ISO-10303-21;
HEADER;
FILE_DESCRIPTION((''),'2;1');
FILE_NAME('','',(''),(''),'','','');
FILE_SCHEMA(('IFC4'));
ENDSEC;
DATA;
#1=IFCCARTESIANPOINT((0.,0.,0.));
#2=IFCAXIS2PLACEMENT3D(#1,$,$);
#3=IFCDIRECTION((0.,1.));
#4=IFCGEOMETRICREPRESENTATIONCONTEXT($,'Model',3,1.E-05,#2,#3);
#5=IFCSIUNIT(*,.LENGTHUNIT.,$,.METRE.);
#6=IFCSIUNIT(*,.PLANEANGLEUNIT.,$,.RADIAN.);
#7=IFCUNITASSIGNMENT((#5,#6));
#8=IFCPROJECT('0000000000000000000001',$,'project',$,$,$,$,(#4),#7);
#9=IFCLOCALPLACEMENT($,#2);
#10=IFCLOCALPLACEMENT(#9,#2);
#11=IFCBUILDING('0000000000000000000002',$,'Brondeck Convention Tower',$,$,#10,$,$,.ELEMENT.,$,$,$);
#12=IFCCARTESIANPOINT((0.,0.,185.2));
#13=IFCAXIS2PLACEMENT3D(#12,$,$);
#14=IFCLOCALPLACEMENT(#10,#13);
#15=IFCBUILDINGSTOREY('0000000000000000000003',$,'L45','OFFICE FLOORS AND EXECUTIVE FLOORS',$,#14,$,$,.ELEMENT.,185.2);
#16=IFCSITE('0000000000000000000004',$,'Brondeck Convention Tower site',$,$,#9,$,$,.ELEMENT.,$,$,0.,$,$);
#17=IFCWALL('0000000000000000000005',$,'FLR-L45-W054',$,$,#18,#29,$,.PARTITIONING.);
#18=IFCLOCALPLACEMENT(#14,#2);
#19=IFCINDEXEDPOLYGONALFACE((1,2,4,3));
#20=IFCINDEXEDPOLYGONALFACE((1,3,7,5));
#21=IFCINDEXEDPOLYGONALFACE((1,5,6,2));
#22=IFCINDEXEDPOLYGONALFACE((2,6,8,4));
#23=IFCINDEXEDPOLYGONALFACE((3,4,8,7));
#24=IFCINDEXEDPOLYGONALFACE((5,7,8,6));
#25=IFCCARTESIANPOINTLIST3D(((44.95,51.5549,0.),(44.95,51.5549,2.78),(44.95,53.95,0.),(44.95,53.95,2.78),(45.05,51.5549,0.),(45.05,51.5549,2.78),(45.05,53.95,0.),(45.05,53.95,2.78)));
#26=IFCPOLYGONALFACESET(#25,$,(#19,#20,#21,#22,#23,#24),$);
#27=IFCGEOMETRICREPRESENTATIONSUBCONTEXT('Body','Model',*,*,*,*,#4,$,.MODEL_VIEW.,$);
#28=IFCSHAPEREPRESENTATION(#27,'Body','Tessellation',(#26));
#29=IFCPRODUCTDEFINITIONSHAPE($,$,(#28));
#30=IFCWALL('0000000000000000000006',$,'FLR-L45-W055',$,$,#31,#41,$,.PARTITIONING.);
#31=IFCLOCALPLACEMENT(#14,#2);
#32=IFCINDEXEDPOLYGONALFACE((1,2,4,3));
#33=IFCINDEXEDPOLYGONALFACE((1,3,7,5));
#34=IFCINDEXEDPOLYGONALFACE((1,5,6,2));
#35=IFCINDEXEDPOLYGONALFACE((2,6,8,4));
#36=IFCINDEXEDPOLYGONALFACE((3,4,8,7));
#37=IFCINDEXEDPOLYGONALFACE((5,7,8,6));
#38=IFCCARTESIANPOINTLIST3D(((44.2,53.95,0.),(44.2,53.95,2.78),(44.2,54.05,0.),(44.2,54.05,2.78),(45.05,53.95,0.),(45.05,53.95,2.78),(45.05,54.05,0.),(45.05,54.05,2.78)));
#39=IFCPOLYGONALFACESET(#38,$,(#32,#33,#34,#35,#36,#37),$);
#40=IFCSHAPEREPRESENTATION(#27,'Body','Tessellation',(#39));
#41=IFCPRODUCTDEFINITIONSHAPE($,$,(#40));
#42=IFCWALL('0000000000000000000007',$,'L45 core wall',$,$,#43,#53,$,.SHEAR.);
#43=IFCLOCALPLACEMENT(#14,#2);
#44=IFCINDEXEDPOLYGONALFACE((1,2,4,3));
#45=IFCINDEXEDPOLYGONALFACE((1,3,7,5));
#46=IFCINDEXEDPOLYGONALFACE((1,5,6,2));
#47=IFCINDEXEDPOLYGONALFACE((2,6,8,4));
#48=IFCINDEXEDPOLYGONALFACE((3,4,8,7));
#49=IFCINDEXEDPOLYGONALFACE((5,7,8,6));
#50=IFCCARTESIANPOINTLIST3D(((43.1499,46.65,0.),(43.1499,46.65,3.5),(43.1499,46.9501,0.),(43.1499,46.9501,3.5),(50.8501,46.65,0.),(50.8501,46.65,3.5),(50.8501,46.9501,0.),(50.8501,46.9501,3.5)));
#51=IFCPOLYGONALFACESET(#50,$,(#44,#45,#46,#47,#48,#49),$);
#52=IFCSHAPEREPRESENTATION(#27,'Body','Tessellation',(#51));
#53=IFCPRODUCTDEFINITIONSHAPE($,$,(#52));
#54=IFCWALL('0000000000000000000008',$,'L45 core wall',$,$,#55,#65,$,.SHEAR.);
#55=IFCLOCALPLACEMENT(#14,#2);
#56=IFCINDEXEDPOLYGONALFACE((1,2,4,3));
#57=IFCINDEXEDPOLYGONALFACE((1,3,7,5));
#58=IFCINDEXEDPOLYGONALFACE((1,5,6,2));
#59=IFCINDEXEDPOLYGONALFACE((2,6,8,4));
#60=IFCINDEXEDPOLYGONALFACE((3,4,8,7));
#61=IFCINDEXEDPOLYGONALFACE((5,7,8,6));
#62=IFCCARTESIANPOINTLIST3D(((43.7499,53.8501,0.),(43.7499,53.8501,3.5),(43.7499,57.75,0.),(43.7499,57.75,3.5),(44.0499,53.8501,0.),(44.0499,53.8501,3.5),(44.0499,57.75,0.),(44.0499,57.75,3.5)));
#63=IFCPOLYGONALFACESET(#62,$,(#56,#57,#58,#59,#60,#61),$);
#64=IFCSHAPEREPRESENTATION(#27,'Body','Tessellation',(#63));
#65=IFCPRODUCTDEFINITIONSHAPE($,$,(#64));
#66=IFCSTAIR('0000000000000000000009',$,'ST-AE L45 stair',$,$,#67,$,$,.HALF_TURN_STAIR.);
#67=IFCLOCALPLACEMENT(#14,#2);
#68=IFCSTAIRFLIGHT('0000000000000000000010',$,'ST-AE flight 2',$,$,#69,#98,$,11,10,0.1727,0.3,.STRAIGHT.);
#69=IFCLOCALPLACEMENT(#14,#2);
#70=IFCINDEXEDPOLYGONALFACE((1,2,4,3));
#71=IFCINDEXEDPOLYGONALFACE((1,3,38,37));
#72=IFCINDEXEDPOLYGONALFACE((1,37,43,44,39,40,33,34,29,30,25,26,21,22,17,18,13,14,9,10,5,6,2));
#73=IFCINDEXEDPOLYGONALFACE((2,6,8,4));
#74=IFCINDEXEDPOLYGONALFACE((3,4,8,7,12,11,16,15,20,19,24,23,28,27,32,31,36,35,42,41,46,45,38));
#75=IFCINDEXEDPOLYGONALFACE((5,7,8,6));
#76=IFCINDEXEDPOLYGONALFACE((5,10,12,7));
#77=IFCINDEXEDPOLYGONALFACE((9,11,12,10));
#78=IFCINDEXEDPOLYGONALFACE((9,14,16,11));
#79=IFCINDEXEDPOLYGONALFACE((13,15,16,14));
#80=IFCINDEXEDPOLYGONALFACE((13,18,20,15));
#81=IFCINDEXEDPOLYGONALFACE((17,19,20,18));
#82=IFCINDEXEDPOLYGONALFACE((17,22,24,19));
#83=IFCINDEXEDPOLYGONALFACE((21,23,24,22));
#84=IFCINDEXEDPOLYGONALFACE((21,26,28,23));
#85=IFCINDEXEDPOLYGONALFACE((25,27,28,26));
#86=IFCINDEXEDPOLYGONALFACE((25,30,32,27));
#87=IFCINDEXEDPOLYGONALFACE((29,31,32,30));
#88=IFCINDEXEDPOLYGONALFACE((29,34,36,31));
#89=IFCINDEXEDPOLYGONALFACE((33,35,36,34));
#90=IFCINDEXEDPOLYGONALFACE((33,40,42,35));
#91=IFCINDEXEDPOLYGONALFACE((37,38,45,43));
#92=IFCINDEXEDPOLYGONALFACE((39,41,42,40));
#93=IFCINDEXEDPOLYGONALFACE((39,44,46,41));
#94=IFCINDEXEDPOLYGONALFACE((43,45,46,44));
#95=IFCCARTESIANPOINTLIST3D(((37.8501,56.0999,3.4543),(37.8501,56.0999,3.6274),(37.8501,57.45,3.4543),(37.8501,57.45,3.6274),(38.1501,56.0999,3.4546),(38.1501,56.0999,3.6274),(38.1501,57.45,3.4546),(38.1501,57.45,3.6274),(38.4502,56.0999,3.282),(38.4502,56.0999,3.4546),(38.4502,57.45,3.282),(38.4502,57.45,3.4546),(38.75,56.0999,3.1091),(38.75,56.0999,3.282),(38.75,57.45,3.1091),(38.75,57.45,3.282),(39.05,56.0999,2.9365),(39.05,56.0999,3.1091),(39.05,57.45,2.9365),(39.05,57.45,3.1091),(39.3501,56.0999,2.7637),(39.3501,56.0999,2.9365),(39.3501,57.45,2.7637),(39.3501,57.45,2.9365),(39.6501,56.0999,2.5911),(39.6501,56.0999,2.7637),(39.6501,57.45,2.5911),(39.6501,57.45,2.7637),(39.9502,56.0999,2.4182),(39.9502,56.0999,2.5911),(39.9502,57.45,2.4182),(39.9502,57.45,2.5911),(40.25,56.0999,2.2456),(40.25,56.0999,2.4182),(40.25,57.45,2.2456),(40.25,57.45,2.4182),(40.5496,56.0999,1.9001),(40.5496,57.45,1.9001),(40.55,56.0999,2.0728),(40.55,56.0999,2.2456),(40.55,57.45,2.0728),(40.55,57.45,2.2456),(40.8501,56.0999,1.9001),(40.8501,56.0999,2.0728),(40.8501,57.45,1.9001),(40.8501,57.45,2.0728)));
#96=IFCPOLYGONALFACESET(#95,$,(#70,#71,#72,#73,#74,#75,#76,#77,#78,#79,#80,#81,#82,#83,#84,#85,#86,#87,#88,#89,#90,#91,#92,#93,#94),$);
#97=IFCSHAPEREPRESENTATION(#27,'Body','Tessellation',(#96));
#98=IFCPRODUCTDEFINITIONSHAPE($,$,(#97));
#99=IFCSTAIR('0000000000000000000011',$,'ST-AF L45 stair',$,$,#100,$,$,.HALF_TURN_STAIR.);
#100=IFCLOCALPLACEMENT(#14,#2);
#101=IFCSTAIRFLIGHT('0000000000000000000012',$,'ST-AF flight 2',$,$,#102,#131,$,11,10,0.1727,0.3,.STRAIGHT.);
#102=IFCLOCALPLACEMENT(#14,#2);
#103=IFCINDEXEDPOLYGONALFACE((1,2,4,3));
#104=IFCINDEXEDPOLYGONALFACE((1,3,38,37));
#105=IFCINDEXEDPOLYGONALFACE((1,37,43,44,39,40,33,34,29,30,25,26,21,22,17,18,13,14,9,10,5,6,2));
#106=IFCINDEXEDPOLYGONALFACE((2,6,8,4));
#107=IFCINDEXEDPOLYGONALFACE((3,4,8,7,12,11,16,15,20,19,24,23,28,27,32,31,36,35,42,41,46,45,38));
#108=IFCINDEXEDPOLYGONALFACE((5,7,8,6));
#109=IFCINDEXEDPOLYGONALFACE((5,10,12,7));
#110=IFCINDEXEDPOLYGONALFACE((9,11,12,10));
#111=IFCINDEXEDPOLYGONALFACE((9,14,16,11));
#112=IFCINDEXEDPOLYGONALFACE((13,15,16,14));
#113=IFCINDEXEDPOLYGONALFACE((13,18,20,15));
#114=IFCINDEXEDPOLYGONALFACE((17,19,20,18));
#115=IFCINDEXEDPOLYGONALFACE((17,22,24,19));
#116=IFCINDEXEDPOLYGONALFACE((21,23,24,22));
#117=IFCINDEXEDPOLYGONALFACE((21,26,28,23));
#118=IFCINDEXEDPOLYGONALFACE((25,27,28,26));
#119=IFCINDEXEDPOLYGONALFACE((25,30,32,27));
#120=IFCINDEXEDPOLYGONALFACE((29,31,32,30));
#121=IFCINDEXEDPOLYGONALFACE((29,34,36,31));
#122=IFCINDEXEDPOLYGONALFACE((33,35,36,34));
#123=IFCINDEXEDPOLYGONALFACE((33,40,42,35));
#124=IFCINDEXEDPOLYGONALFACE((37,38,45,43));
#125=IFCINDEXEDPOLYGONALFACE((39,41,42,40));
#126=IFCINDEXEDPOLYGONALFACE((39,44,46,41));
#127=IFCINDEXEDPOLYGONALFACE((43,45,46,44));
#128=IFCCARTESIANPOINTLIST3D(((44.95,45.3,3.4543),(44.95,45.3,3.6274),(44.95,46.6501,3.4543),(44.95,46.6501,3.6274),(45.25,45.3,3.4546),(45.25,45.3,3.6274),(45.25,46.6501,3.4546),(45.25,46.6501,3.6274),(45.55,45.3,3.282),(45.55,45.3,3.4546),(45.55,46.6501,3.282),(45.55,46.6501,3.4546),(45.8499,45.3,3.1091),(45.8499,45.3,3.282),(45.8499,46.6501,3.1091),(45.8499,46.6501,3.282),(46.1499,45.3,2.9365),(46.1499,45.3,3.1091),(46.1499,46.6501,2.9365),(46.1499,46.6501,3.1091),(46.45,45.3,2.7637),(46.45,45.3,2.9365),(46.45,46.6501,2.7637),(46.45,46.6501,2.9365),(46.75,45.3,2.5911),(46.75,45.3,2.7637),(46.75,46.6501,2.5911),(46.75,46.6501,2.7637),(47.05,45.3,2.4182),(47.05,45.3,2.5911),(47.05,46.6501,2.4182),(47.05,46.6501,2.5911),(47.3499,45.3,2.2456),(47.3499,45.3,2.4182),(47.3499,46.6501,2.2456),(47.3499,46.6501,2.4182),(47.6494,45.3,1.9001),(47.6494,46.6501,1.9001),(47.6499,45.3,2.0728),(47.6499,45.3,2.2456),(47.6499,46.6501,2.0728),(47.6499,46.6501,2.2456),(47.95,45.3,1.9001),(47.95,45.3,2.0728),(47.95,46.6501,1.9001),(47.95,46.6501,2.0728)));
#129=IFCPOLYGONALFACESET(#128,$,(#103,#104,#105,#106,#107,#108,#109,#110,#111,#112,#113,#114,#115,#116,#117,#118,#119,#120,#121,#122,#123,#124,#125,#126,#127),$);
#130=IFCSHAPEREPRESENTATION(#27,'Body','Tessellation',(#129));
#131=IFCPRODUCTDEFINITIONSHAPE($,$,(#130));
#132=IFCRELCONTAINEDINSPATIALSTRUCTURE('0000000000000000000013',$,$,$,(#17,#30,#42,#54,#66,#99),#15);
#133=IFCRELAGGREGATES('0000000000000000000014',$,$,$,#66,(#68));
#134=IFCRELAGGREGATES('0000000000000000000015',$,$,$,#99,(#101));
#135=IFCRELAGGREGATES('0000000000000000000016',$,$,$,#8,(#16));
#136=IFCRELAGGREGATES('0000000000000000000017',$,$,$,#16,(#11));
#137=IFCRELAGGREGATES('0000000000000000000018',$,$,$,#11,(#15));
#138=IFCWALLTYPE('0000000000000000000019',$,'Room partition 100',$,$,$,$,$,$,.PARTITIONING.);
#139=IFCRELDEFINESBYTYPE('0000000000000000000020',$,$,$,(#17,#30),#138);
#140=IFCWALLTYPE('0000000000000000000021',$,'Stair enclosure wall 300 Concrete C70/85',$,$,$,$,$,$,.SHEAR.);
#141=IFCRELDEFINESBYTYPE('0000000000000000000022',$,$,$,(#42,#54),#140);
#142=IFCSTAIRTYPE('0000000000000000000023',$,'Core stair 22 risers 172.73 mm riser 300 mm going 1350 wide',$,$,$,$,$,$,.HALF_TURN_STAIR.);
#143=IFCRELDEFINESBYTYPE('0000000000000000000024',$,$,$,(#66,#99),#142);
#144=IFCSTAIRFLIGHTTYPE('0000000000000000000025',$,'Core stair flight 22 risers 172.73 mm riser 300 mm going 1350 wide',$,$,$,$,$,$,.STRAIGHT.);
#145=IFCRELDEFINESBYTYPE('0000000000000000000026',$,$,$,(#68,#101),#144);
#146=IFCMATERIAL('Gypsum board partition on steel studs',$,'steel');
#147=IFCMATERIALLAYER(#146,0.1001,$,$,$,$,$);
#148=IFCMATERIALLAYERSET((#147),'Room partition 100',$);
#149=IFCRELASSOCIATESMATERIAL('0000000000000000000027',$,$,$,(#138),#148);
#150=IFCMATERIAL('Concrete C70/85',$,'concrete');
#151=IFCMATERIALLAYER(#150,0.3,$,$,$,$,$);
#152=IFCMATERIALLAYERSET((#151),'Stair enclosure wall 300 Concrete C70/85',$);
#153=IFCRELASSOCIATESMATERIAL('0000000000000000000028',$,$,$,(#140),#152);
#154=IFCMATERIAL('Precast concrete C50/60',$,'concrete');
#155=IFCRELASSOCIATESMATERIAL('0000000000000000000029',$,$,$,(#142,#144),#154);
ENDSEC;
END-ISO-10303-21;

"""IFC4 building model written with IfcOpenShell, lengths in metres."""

from ifc_helpers import new_model, si_unit, direction, frame, frame_2d, origin, place, context, subcontext, project, spatial, polyline, rectangle, outline, extrude, material, layer, layer_set, type_object, element, aggregate, save


model = new_model("IFC4")

# Units and contexts
model_context = context("Model", 3, precision=1e-05, world=origin(), true_north=direction((0.0, 1.0)))
body_context = subcontext(model_context, "Body", "Model", "MODEL_VIEW")
ifc_project = project(units=[si_unit("LENGTHUNIT", "METRE"), si_unit("PLANEANGLEUNIT", "RADIAN")], contexts=[model_context])

# Site, building, storey
site_placement = place(None, origin())
site = spatial("IfcSite", under=ifc_project, at=site_placement, Name="Brondeck Convention Tower site", CompositionType="ELEMENT", RefElevation=0.0)
building_placement = place(site_placement, origin())
building = spatial("IfcBuilding", under=site, at=building_placement, Name="Brondeck Convention Tower", CompositionType="ELEMENT")
storey_placement = place(building_placement, frame((0.0, 0.0, 185.2)))
storey = spatial("IfcBuildingStorey", under=building, at=storey_placement, Name="L45", Description="OFFICE FLOORS AND EXECUTIVE FLOORS", CompositionType="ELEMENT", Elevation=185.2)

# Shared definitions
ifc_material_1 = material(Name="Concrete C70/85", Category="concrete")

# Shared definitions
ifc_material_2 = material(Name="Gypsum board partition on steel studs", Category="steel")
ifc_layer_1 = layer(ifc_material_2, 0.1001)
ifc_layer_set_1 = layer_set([ifc_layer_1], Name="Room partition 100")
wall_type_1 = type_object("IfcWallType", Name="Room partition 100", PredefinedType="PARTITIONING", material=ifc_layer_set_1)

# Walls
wall_1_placement = place(storey_placement, frame((45.0, 53.95, 0.0), z_axis=(0.0, 0.0, 1.0), x_axis=(0.0, -1.0, 0.0)))
element("IfcWall", 1, at=wall_1_placement, inside=storey, type_object=wall_type_1, Name="FLR-L45-W054", PredefinedType="PARTITIONING", context=body_context, shape_type="SweptSolid", body=[
    extrude(rectangle(XDim=2.395, YDim=0.1001, at=frame_2d((1.1975, 0.0))), origin(), (0.0, 0.0, 1.0), 2.78),
])
wall_2_placement = place(storey_placement, frame((44.2, 54.0, 0.0), z_axis=(0.0, 0.0, 1.0), x_axis=(1.0, 0.0, 0.0)))
element("IfcWall", 2, at=wall_2_placement, inside=storey, type_object=wall_type_1, Name="FLR-L45-W055", PredefinedType="PARTITIONING", context=body_context, shape_type="SweptSolid", body=[
    extrude(rectangle(XDim=0.8501, YDim=0.1001, at=frame_2d((0.425, 0.0))), origin(), (0.0, 0.0, 1.0), 2.78),
])
ifc_layer_2 = layer(ifc_material_1, 0.3)
ifc_layer_set_2 = layer_set([ifc_layer_2], Name="Stair enclosure wall 300 Concrete C70/85")
wall_type_2 = type_object("IfcWallType", Name="Stair enclosure wall 300 Concrete C70/85", PredefinedType="SHEAR", material=ifc_layer_set_2)
wall_3_placement = place(storey_placement, frame((43.1499, 46.8, 0.0), z_axis=(0.0, 0.0, 1.0), x_axis=(1.0, 0.0, 0.0)))
element("IfcWall", 3, at=wall_3_placement, inside=storey, type_object=wall_type_2, Name="L45 core wall", PredefinedType="SHEAR", context=body_context, shape_type="SweptSolid", body=[
    extrude(rectangle(XDim=7.7002, YDim=0.3, at=frame_2d((3.8501, 0.0))), origin(), (0.0, 0.0, 1.0), 3.5),
])
wall_4_placement = place(storey_placement, frame((43.8999, 53.8501, 0.0), z_axis=(0.0, 0.0, 1.0), x_axis=(0.0, 1.0, 0.0)))
element("IfcWall", 4, at=wall_4_placement, inside=storey, type_object=wall_type_2, Name="L45 core wall", PredefinedType="SHEAR", context=body_context, shape_type="SweptSolid", body=[
    extrude(rectangle(XDim=3.8999, YDim=0.3, at=frame_2d((1.95, 0.0))), origin(), (0.0, 0.0, 1.0), 3.5),
])

# Stairs, stair flights
ifc_material_3 = material(Name="Precast concrete C50/60", Category="concrete")
stair_type = type_object("IfcStairType", Name="Core stair 22 risers 172.73 mm riser 300 mm going 1350 wide", PredefinedType="HALF_TURN_STAIR", material=ifc_material_3)
stair_1_placement = place(storey_placement, origin())
stair_1 = element("IfcStair", 5, at=stair_1_placement, inside=storey, type_object=stair_type, Name="ST-AE L45 stair", PredefinedType="HALF_TURN_STAIR")
stair_flight_type = type_object("IfcStairFlightType", Name="Core stair flight 22 risers 172.73 mm riser 300 mm going 1350 wide", PredefinedType="STRAIGHT", material=ifc_material_3)
stair_flight_1_placement = place(storey_placement, frame((40.8501, 56.7749, 1.9001), z_axis=(0.0, 0.0, 1.0), x_axis=(-1.0, 0.0, 0.0)))
stair_flight_1 = element("IfcStairFlight", 6, at=stair_flight_1_placement, type_object=stair_flight_type, Name="ST-AE flight 2", NumberOfRisers=11, NumberOfTreads=10, PredefinedType="STRAIGHT", RiserHeight=0.1727, TreadLength=0.3, context=body_context, shape_type="SweptSolid", body=[
    extrude(outline(polyline([(0.0, 0.0), (0.0, 0.1726), (0.3, 0.1726), (0.3, 0.3455), (0.6001, 0.3455), (0.6001, 0.5181), (0.8999, 0.5181), (0.8999, 0.6909), (1.2, 0.6909), (1.2, 0.8635), (1.5, 0.8635), (1.5, 1.0364), (1.8, 1.0364), (1.8, 1.209), (2.1001, 1.209), (2.1001, 1.3818), (2.3999, 1.3818), (2.3999, 1.5544), (2.7, 1.5544), (2.7, 1.7273), (3.0, 1.7273), (3.0, 1.8999), (3.0, 1.5542), (0.3005, 0.0), (0.0, 0.0)])), frame((0.0, 0.675, 0.0), z_axis=(0.0, -1.0, 0.0), x_axis=(1.0, 0.0, 0.0)), (0.0, 0.0, 1.0), 1.3501),
])
aggregate(stair_1, [stair_flight_1])
stair_2_placement = place(storey_placement, origin())
stair_2 = element("IfcStair", 7, at=stair_2_placement, inside=storey, type_object=stair_type, Name="ST-AF L45 stair", PredefinedType="HALF_TURN_STAIR")
stair_flight_2_placement = place(storey_placement, frame((47.95, 45.9751, 1.9001), z_axis=(0.0, 0.0, 1.0), x_axis=(-1.0, 0.0, 0.0)))
stair_flight_2 = element("IfcStairFlight", 8, at=stair_flight_2_placement, type_object=stair_flight_type, Name="ST-AF flight 2", NumberOfRisers=11, NumberOfTreads=10, PredefinedType="STRAIGHT", RiserHeight=0.1727, TreadLength=0.3, context=body_context, shape_type="SweptSolid", body=[
    extrude(outline(polyline([(0.0, 0.0), (0.0, 0.1726), (0.3, 0.1726), (0.3, 0.3455), (0.6001, 0.3455), (0.6001, 0.5181), (0.8999, 0.5181), (0.8999, 0.6909), (1.2, 0.6909), (1.2, 0.8635), (1.5, 0.8635), (1.5, 1.0364), (1.8, 1.0364), (1.8, 1.209), (2.1001, 1.209), (2.1001, 1.3818), (2.3999, 1.3818), (2.3999, 1.5544), (2.7, 1.5544), (2.7, 1.7273), (3.0, 1.7273), (3.0, 1.8999), (3.0, 1.5542), (0.3005, 0.0), (0.0, 0.0)])), frame((0.0, 0.675, 0.0), z_axis=(0.0, -1.0, 0.0), x_axis=(1.0, 0.0, 0.0)), (0.0, 0.0, 1.0), 1.3501),
])
aggregate(stair_2, [stair_flight_2])

save(model, "model.ifc")
